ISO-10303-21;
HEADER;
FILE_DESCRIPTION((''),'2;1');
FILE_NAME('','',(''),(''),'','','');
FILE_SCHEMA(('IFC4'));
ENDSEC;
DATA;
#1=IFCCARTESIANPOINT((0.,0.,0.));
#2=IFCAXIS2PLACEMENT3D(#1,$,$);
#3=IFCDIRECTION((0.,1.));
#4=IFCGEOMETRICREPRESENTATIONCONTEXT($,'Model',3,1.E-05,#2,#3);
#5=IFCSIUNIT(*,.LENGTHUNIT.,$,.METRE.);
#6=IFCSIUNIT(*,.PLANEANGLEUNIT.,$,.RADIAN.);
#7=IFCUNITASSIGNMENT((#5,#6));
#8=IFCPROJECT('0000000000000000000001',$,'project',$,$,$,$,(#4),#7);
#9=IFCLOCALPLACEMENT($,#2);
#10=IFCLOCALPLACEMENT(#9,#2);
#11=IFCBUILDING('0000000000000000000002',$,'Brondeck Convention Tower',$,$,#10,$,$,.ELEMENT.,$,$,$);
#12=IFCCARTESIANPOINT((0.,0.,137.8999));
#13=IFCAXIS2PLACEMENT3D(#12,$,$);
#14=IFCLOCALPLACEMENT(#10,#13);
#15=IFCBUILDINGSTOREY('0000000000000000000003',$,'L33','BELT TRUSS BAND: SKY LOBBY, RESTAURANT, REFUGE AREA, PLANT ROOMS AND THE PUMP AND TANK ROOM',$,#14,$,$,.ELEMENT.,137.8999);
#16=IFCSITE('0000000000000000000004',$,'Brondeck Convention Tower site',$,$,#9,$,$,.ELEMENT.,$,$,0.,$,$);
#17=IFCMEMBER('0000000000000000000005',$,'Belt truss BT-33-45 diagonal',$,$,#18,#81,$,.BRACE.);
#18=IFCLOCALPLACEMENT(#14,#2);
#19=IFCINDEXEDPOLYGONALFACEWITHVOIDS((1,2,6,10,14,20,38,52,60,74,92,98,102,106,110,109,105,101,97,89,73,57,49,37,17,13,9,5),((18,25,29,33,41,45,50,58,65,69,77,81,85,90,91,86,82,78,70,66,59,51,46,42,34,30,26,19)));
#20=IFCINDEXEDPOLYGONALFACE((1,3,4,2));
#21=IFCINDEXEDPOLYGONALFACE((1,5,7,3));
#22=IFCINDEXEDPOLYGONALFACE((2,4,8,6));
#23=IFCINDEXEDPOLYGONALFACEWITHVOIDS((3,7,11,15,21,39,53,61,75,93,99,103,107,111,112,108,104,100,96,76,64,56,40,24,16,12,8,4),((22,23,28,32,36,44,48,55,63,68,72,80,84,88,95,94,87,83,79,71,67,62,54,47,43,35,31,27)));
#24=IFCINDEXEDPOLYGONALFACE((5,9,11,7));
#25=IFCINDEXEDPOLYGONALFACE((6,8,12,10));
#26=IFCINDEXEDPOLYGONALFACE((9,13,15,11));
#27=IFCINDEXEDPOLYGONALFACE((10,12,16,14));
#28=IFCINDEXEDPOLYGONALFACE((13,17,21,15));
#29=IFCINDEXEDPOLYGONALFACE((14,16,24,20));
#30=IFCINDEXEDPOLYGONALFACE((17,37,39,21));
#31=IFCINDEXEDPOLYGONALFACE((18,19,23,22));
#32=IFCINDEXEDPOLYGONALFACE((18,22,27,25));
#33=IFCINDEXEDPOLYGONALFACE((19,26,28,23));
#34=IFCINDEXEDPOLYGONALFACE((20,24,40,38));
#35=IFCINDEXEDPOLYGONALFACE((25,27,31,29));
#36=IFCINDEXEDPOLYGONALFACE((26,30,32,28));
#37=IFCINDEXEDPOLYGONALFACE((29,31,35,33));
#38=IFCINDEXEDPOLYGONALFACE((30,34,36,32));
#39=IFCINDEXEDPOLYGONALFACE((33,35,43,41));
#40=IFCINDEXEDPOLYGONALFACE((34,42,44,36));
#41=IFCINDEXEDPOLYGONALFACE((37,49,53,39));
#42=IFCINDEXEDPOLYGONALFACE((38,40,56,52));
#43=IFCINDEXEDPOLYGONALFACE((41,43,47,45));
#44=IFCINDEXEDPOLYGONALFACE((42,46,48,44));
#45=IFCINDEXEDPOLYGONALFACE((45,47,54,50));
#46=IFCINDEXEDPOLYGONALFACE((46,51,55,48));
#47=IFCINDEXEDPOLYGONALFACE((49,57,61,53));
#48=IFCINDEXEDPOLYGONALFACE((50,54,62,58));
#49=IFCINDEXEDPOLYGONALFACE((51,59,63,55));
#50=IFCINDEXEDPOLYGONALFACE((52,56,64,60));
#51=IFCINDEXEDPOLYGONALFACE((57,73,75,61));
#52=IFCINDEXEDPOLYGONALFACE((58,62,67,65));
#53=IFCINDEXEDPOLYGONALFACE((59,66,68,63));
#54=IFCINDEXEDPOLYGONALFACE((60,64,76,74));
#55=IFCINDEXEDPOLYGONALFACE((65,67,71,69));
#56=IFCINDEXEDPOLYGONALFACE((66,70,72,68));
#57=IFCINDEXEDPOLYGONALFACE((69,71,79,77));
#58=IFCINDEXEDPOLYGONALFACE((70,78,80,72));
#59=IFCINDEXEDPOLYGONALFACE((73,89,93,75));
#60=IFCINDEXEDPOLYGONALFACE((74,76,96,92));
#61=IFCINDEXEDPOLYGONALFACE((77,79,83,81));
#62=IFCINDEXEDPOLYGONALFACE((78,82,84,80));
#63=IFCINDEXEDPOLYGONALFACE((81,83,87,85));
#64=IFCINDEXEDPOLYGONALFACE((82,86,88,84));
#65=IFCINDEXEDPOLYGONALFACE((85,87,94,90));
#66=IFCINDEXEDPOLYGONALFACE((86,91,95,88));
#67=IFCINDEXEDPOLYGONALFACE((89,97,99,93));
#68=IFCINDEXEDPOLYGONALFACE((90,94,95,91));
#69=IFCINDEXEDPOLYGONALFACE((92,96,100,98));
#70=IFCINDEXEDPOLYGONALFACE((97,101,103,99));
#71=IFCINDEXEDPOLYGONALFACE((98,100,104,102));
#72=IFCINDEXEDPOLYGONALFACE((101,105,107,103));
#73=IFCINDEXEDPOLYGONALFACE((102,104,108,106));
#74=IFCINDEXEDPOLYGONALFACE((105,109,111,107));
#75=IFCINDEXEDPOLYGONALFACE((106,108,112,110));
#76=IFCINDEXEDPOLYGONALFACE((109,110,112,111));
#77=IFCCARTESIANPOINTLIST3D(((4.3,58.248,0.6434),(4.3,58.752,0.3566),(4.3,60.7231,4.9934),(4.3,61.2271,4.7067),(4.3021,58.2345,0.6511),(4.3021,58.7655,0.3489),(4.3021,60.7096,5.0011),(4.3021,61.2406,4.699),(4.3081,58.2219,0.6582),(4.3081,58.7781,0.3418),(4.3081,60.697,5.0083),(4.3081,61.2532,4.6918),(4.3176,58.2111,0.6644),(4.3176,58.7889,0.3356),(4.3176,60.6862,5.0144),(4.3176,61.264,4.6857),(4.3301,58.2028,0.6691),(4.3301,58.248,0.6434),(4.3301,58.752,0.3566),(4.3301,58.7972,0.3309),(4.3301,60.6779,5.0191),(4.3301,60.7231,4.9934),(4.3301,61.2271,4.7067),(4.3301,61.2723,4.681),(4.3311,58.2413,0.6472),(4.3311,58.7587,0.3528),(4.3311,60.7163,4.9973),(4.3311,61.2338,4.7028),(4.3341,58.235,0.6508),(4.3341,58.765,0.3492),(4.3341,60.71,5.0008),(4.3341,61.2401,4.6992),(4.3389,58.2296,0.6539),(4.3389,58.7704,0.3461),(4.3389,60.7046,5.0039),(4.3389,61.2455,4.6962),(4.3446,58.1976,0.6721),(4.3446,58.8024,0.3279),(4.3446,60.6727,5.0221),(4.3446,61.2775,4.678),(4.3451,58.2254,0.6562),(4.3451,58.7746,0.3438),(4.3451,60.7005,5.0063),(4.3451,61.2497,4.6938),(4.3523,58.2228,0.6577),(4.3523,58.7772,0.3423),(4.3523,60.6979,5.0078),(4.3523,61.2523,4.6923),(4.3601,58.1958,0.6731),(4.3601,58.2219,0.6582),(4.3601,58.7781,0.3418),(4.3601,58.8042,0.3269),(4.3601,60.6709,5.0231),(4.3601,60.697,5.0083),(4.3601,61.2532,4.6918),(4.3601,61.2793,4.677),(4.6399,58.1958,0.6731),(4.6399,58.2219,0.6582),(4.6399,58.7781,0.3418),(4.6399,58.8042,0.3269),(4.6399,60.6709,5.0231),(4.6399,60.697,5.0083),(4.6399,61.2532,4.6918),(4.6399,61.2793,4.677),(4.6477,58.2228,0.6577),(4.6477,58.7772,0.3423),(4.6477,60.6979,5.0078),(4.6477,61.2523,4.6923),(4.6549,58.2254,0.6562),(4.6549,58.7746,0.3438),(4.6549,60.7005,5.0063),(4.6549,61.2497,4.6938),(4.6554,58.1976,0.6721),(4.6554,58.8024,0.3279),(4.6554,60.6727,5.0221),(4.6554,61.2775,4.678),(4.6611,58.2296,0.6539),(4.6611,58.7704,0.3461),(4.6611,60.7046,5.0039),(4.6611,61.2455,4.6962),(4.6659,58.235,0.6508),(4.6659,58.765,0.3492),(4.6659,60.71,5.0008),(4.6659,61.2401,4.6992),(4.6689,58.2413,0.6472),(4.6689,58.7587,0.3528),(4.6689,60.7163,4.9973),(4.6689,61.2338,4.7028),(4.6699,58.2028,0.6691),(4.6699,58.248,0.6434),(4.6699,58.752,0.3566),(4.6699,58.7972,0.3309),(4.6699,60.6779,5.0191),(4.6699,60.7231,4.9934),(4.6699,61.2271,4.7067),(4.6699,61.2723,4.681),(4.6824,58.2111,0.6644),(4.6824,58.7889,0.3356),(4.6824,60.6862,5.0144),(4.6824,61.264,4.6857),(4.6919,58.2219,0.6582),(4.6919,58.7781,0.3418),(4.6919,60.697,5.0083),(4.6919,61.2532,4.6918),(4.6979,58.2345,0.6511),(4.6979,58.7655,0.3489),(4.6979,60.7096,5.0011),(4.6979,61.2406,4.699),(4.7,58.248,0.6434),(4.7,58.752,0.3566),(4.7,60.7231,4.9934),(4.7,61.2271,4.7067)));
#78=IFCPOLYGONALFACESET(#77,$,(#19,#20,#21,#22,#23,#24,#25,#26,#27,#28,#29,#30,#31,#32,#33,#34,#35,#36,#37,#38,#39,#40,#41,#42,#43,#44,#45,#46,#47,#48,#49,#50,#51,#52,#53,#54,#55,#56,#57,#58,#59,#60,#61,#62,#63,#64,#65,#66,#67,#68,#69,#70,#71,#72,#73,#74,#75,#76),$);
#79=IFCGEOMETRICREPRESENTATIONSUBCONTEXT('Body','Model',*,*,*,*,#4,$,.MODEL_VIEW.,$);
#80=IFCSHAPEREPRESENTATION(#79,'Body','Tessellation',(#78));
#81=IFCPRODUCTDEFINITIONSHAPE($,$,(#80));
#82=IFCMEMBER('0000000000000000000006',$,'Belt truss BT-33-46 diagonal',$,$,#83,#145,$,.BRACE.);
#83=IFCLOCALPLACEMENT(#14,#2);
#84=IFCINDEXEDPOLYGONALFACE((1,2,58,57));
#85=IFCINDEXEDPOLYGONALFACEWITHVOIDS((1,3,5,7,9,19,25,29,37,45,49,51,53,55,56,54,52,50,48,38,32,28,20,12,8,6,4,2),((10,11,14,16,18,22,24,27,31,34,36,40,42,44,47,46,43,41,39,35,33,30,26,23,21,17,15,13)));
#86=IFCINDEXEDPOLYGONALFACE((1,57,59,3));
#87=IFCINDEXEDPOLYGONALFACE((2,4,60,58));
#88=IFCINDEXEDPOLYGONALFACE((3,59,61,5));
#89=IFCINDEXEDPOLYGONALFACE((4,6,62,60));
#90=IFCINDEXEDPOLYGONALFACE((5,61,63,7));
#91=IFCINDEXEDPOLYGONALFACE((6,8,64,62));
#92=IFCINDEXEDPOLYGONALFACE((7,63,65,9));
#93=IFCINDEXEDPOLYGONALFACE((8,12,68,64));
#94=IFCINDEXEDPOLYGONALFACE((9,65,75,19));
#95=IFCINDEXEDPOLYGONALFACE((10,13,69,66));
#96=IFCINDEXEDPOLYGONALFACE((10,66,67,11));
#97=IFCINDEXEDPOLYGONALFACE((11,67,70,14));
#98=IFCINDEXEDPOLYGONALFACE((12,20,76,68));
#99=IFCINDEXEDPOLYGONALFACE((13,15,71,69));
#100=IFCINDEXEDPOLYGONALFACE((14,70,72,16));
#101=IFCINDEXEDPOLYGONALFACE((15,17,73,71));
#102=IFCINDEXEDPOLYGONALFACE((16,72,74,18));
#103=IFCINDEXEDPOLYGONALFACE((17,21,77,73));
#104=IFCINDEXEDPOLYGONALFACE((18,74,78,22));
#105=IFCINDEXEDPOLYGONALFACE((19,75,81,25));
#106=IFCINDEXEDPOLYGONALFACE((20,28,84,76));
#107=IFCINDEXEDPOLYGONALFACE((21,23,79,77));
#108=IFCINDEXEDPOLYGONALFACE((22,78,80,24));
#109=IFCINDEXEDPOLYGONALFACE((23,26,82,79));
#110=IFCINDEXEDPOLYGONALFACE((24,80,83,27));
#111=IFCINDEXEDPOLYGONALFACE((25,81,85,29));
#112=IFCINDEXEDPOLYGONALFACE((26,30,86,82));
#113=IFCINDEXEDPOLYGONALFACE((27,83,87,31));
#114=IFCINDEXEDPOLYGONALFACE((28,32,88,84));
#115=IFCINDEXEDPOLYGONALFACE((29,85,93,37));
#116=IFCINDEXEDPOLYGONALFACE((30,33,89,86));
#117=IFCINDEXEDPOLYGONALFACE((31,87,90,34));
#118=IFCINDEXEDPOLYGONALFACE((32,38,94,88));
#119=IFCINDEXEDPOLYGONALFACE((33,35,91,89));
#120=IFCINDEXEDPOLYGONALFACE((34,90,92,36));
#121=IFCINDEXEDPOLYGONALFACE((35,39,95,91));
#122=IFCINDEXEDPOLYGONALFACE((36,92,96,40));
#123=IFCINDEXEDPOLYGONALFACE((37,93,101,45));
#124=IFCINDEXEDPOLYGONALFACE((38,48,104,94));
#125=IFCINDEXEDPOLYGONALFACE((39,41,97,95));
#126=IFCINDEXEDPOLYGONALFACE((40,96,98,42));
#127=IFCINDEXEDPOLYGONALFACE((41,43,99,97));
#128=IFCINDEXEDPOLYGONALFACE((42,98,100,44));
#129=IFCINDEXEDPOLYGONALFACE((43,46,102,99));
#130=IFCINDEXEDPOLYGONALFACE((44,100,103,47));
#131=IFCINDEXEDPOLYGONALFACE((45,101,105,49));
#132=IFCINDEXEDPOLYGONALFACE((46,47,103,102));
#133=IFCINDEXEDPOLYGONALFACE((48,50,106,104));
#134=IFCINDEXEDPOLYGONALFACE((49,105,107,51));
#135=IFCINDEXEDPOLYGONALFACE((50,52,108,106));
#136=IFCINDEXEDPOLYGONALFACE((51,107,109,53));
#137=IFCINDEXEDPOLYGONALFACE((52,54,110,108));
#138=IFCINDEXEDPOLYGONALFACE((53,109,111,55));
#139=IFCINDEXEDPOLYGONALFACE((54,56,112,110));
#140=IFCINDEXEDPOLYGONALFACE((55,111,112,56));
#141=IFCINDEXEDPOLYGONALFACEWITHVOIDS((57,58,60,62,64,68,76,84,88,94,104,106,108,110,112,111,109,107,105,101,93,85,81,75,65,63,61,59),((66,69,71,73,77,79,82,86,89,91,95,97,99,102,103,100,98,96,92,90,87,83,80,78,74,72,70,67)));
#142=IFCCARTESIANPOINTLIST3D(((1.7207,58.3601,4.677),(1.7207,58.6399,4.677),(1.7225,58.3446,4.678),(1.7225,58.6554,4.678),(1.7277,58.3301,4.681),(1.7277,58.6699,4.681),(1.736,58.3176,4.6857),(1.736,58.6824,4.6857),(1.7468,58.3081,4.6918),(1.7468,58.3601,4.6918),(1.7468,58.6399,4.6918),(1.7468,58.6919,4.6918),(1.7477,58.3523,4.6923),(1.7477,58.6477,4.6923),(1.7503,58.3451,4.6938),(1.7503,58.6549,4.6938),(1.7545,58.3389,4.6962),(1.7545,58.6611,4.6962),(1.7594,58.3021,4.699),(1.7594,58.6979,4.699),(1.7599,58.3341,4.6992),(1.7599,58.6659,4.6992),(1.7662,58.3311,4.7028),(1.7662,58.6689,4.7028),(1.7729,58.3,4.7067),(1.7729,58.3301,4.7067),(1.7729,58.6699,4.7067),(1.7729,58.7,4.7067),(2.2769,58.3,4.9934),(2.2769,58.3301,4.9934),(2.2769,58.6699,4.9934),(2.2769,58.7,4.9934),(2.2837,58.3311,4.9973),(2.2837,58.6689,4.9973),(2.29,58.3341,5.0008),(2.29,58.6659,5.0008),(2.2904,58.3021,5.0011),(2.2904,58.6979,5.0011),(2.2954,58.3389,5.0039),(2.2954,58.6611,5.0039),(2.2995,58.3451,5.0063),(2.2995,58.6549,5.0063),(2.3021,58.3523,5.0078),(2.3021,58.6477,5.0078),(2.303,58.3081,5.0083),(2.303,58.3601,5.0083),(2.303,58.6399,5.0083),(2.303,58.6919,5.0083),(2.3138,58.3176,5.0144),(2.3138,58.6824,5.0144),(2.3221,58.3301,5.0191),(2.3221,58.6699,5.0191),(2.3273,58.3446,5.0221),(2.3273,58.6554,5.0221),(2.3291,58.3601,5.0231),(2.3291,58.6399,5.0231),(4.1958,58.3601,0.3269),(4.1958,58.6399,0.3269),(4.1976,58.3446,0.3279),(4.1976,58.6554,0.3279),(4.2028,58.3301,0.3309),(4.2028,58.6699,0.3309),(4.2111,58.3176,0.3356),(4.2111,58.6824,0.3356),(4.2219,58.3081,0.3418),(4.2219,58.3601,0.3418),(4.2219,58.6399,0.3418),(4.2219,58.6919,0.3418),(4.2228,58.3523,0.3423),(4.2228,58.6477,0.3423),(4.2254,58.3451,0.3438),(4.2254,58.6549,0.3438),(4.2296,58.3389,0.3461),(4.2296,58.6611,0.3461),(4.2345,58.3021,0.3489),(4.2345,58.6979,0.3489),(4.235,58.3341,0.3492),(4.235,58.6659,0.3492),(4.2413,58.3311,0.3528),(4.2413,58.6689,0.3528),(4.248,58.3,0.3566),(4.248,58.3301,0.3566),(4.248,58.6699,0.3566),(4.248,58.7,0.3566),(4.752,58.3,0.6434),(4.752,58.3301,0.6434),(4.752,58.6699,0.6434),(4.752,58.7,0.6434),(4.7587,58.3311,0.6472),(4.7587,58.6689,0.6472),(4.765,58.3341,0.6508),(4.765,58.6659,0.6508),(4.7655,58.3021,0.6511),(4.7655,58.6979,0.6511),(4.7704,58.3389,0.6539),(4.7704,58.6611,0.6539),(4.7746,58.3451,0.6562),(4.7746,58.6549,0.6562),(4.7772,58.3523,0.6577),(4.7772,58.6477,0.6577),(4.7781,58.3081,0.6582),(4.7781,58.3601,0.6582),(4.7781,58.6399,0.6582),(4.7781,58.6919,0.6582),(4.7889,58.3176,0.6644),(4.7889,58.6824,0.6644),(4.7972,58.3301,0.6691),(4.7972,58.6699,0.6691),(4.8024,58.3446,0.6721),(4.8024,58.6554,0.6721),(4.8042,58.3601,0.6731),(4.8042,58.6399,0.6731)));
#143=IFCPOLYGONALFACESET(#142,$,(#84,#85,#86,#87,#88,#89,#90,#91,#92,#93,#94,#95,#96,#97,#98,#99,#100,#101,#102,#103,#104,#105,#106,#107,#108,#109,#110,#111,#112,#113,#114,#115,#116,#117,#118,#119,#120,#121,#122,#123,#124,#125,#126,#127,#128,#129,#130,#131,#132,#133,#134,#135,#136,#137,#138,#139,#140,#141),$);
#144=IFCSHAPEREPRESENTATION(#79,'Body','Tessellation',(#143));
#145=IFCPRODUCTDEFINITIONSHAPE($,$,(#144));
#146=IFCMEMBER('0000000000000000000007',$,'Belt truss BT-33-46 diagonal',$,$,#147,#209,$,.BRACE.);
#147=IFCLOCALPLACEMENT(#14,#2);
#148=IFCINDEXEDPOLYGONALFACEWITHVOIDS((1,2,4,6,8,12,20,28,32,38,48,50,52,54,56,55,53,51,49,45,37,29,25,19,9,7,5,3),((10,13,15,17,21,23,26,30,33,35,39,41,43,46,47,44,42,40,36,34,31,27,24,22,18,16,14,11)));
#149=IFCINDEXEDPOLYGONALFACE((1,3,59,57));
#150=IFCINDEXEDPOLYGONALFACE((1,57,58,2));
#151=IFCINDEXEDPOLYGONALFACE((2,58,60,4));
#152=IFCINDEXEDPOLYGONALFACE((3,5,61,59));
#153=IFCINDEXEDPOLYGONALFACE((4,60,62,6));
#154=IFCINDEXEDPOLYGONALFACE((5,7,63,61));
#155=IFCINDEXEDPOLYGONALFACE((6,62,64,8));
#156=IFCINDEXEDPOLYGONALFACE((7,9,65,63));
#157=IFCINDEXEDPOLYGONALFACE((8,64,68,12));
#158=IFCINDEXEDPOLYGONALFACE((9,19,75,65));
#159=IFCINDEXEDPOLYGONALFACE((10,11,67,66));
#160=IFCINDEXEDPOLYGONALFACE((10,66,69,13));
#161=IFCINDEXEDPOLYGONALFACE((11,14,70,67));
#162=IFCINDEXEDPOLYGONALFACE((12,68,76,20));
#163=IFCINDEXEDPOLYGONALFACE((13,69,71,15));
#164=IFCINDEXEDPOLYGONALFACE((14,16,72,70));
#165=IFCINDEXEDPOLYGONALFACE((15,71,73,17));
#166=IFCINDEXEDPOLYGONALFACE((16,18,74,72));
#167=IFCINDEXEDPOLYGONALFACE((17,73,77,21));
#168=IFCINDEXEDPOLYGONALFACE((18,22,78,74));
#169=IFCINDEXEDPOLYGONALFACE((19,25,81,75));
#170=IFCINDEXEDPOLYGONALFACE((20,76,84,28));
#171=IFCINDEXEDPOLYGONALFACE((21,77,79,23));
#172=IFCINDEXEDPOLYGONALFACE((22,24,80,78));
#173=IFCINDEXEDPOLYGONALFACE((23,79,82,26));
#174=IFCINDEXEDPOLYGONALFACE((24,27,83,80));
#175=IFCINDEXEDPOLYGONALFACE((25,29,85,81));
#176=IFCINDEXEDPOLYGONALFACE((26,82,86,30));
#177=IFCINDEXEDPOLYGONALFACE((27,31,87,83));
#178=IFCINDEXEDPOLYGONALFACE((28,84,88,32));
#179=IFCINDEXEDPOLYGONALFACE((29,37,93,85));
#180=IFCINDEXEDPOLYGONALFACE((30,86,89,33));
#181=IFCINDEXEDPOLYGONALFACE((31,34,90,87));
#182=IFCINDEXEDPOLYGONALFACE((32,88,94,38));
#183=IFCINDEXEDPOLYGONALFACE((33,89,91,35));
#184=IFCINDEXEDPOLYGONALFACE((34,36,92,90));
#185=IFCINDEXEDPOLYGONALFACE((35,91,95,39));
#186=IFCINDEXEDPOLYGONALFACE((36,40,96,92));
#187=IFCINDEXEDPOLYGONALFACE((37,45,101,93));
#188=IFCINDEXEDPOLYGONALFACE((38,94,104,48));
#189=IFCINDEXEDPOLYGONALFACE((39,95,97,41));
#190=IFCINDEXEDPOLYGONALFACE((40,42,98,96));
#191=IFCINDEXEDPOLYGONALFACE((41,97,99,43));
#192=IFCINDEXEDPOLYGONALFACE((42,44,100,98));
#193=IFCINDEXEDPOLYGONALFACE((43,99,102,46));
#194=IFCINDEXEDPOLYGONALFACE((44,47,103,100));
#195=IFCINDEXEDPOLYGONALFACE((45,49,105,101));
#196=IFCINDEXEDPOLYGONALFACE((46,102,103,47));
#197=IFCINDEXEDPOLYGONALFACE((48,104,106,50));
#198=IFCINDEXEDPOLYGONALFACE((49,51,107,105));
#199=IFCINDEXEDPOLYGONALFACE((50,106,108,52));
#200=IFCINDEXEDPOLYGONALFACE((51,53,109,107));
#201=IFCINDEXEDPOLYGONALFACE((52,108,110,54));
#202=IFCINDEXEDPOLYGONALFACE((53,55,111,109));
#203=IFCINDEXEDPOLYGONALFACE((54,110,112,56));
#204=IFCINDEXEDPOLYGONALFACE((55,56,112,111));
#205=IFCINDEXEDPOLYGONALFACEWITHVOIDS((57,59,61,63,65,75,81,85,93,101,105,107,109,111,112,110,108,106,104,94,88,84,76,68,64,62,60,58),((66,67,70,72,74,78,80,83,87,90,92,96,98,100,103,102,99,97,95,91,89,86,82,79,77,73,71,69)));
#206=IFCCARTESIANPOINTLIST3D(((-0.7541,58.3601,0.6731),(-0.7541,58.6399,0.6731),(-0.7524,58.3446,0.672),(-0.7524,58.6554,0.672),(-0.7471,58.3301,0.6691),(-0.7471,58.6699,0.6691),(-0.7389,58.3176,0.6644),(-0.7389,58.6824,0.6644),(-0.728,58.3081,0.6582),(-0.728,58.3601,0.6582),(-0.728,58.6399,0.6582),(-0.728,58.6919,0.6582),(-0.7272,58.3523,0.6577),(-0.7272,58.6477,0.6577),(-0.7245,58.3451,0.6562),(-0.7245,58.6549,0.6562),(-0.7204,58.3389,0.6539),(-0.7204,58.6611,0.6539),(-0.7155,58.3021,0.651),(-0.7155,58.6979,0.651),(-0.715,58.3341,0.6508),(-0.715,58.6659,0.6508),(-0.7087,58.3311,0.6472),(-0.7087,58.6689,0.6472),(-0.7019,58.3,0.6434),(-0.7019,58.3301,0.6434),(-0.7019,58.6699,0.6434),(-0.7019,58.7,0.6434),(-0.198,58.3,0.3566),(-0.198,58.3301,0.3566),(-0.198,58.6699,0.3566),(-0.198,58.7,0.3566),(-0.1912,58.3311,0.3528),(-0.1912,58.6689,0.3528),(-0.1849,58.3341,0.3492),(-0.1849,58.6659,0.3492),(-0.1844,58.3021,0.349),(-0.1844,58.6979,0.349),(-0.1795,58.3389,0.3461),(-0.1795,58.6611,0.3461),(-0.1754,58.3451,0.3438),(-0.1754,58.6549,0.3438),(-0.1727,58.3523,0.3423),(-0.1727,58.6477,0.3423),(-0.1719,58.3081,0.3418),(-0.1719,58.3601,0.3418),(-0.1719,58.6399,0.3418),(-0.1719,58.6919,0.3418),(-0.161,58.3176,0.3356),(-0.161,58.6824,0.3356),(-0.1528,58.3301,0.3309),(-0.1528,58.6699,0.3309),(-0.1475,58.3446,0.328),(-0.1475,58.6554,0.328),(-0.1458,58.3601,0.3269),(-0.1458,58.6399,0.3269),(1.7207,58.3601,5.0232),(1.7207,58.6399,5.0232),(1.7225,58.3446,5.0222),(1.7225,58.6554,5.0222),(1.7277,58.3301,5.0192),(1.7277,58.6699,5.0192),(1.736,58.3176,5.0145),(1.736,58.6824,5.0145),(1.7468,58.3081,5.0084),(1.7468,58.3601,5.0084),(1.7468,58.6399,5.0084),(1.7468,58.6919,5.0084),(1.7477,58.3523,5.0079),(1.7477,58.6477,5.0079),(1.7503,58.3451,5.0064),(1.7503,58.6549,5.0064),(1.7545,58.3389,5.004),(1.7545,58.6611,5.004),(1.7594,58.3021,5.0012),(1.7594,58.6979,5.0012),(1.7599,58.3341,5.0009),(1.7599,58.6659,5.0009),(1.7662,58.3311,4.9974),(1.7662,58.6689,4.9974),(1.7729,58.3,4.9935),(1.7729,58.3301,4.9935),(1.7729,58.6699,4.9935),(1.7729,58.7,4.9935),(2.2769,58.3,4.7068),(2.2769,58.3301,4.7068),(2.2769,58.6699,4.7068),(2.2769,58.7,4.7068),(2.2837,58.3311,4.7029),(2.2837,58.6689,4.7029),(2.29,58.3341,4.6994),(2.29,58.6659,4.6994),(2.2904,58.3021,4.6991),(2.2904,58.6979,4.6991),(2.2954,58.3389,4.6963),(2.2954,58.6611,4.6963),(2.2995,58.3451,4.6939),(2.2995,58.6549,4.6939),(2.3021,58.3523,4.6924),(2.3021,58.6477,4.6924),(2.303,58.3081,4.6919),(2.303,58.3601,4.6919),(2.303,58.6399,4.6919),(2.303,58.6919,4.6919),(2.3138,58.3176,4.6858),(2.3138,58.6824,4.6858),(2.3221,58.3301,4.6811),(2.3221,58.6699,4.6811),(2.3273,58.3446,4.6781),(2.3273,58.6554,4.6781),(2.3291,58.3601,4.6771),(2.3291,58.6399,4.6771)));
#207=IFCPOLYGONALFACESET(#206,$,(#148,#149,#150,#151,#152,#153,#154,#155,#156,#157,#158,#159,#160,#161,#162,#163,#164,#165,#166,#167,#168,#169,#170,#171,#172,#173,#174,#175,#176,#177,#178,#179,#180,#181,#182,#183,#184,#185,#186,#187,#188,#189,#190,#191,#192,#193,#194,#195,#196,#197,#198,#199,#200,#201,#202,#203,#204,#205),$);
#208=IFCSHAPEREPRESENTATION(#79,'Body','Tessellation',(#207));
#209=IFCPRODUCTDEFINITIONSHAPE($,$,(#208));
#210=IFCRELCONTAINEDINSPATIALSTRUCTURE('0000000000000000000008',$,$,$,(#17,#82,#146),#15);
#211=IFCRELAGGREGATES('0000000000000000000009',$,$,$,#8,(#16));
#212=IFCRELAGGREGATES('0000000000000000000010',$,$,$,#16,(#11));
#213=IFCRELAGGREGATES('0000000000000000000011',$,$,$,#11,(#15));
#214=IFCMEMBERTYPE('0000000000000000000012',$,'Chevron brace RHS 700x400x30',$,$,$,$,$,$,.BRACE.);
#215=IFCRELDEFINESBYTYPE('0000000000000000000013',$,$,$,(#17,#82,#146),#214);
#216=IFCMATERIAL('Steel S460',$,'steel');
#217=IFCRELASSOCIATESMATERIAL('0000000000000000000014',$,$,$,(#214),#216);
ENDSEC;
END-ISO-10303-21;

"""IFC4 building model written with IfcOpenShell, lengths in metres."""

from ifc_helpers import new_model, si_unit, direction, frame, origin, origin_2d, place, context, subcontext, project, spatial, hollow_rectangle, extrude, material, material_profile, profile_set, type_object, element, save


model = new_model("IFC4")

# Units and contexts
model_context = context("Model", 3, precision=1e-05, world=origin(), true_north=direction((0.0, 1.0)))
body_context = subcontext(model_context, "Body", "Model", "MODEL_VIEW")
ifc_project = project(units=[si_unit("LENGTHUNIT", "METRE"), si_unit("PLANEANGLEUNIT", "RADIAN")], contexts=[model_context])

# Site, building, storey
site_placement = place(None, origin())
site = spatial("IfcSite", under=ifc_project, at=site_placement, Name="Brondeck Convention Tower site", CompositionType="ELEMENT", RefElevation=0.0)
building_placement = place(site_placement, origin())
building = spatial("IfcBuilding", under=site, at=building_placement, Name="Brondeck Convention Tower", CompositionType="ELEMENT")
storey_placement = place(building_placement, frame((0.0, 0.0, 137.8999)))
storey = spatial("IfcBuildingStorey", under=building, at=storey_placement, Name="L33", Description="BELT TRUSS BAND: SKY LOBBY, RESTAURANT, REFUGE AREA, PLANT ROOMS AND THE PUMP AND TANK ROOM", CompositionType="ELEMENT", Elevation=137.8999)

# Members
ifc_material_1 = material(Name="Steel S460", Category="steel")
ifc_material_profile_1 = material_profile(ifc_material_1, hollow_rectangle(XDim=0.3999, YDim=0.7, WallThickness=0.03, InnerFilletRadius=0.03, OuterFilletRadius=0.0601, at=origin_2d()), Name="RHS 700x400x30")
ifc_profile_set_1 = profile_set([ifc_material_profile_1], Name="Steel S460")
member_type_1 = type_object("IfcMemberType", Name="Chevron brace RHS 700x400x30", PredefinedType="BRACE", material=ifc_profile_set_1)
for number, where, z_axis, x_axis, name in (
    (1, (4.5, 58.5, 0.5), (0.0, 0.494531, 0.86916), (-1.0, 0.0, 0.0), "Belt truss BT-33-45 diagonal"),
    (2, (4.5, 58.5, 0.5), (-0.494531, 0.0, 0.86916), (0.0, -1.0, 0.0), "Belt truss BT-33-46 diagonal"),
    (3, (-0.45, 58.5, 0.5), (0.494494, 0.0, 0.869181), (0.0, 1.0, 0.0), "Belt truss BT-33-46 diagonal"),
):
    element("IfcMember", number, at=place(storey_placement, frame(where, z_axis=z_axis, x_axis=x_axis)), inside=storey, type_object=member_type_1, Name=name, PredefinedType="BRACE", context=body_context, shape_type="SweptSolid", body=[
        extrude(hollow_rectangle(XDim=0.3999, YDim=0.7, WallThickness=0.03, InnerFilletRadius=0.03, OuterFilletRadius=0.0601, at=origin_2d()), origin(), (0.0, 0.0, 1.0), 5.0049),
    ])

save(model, "model.ifc")
